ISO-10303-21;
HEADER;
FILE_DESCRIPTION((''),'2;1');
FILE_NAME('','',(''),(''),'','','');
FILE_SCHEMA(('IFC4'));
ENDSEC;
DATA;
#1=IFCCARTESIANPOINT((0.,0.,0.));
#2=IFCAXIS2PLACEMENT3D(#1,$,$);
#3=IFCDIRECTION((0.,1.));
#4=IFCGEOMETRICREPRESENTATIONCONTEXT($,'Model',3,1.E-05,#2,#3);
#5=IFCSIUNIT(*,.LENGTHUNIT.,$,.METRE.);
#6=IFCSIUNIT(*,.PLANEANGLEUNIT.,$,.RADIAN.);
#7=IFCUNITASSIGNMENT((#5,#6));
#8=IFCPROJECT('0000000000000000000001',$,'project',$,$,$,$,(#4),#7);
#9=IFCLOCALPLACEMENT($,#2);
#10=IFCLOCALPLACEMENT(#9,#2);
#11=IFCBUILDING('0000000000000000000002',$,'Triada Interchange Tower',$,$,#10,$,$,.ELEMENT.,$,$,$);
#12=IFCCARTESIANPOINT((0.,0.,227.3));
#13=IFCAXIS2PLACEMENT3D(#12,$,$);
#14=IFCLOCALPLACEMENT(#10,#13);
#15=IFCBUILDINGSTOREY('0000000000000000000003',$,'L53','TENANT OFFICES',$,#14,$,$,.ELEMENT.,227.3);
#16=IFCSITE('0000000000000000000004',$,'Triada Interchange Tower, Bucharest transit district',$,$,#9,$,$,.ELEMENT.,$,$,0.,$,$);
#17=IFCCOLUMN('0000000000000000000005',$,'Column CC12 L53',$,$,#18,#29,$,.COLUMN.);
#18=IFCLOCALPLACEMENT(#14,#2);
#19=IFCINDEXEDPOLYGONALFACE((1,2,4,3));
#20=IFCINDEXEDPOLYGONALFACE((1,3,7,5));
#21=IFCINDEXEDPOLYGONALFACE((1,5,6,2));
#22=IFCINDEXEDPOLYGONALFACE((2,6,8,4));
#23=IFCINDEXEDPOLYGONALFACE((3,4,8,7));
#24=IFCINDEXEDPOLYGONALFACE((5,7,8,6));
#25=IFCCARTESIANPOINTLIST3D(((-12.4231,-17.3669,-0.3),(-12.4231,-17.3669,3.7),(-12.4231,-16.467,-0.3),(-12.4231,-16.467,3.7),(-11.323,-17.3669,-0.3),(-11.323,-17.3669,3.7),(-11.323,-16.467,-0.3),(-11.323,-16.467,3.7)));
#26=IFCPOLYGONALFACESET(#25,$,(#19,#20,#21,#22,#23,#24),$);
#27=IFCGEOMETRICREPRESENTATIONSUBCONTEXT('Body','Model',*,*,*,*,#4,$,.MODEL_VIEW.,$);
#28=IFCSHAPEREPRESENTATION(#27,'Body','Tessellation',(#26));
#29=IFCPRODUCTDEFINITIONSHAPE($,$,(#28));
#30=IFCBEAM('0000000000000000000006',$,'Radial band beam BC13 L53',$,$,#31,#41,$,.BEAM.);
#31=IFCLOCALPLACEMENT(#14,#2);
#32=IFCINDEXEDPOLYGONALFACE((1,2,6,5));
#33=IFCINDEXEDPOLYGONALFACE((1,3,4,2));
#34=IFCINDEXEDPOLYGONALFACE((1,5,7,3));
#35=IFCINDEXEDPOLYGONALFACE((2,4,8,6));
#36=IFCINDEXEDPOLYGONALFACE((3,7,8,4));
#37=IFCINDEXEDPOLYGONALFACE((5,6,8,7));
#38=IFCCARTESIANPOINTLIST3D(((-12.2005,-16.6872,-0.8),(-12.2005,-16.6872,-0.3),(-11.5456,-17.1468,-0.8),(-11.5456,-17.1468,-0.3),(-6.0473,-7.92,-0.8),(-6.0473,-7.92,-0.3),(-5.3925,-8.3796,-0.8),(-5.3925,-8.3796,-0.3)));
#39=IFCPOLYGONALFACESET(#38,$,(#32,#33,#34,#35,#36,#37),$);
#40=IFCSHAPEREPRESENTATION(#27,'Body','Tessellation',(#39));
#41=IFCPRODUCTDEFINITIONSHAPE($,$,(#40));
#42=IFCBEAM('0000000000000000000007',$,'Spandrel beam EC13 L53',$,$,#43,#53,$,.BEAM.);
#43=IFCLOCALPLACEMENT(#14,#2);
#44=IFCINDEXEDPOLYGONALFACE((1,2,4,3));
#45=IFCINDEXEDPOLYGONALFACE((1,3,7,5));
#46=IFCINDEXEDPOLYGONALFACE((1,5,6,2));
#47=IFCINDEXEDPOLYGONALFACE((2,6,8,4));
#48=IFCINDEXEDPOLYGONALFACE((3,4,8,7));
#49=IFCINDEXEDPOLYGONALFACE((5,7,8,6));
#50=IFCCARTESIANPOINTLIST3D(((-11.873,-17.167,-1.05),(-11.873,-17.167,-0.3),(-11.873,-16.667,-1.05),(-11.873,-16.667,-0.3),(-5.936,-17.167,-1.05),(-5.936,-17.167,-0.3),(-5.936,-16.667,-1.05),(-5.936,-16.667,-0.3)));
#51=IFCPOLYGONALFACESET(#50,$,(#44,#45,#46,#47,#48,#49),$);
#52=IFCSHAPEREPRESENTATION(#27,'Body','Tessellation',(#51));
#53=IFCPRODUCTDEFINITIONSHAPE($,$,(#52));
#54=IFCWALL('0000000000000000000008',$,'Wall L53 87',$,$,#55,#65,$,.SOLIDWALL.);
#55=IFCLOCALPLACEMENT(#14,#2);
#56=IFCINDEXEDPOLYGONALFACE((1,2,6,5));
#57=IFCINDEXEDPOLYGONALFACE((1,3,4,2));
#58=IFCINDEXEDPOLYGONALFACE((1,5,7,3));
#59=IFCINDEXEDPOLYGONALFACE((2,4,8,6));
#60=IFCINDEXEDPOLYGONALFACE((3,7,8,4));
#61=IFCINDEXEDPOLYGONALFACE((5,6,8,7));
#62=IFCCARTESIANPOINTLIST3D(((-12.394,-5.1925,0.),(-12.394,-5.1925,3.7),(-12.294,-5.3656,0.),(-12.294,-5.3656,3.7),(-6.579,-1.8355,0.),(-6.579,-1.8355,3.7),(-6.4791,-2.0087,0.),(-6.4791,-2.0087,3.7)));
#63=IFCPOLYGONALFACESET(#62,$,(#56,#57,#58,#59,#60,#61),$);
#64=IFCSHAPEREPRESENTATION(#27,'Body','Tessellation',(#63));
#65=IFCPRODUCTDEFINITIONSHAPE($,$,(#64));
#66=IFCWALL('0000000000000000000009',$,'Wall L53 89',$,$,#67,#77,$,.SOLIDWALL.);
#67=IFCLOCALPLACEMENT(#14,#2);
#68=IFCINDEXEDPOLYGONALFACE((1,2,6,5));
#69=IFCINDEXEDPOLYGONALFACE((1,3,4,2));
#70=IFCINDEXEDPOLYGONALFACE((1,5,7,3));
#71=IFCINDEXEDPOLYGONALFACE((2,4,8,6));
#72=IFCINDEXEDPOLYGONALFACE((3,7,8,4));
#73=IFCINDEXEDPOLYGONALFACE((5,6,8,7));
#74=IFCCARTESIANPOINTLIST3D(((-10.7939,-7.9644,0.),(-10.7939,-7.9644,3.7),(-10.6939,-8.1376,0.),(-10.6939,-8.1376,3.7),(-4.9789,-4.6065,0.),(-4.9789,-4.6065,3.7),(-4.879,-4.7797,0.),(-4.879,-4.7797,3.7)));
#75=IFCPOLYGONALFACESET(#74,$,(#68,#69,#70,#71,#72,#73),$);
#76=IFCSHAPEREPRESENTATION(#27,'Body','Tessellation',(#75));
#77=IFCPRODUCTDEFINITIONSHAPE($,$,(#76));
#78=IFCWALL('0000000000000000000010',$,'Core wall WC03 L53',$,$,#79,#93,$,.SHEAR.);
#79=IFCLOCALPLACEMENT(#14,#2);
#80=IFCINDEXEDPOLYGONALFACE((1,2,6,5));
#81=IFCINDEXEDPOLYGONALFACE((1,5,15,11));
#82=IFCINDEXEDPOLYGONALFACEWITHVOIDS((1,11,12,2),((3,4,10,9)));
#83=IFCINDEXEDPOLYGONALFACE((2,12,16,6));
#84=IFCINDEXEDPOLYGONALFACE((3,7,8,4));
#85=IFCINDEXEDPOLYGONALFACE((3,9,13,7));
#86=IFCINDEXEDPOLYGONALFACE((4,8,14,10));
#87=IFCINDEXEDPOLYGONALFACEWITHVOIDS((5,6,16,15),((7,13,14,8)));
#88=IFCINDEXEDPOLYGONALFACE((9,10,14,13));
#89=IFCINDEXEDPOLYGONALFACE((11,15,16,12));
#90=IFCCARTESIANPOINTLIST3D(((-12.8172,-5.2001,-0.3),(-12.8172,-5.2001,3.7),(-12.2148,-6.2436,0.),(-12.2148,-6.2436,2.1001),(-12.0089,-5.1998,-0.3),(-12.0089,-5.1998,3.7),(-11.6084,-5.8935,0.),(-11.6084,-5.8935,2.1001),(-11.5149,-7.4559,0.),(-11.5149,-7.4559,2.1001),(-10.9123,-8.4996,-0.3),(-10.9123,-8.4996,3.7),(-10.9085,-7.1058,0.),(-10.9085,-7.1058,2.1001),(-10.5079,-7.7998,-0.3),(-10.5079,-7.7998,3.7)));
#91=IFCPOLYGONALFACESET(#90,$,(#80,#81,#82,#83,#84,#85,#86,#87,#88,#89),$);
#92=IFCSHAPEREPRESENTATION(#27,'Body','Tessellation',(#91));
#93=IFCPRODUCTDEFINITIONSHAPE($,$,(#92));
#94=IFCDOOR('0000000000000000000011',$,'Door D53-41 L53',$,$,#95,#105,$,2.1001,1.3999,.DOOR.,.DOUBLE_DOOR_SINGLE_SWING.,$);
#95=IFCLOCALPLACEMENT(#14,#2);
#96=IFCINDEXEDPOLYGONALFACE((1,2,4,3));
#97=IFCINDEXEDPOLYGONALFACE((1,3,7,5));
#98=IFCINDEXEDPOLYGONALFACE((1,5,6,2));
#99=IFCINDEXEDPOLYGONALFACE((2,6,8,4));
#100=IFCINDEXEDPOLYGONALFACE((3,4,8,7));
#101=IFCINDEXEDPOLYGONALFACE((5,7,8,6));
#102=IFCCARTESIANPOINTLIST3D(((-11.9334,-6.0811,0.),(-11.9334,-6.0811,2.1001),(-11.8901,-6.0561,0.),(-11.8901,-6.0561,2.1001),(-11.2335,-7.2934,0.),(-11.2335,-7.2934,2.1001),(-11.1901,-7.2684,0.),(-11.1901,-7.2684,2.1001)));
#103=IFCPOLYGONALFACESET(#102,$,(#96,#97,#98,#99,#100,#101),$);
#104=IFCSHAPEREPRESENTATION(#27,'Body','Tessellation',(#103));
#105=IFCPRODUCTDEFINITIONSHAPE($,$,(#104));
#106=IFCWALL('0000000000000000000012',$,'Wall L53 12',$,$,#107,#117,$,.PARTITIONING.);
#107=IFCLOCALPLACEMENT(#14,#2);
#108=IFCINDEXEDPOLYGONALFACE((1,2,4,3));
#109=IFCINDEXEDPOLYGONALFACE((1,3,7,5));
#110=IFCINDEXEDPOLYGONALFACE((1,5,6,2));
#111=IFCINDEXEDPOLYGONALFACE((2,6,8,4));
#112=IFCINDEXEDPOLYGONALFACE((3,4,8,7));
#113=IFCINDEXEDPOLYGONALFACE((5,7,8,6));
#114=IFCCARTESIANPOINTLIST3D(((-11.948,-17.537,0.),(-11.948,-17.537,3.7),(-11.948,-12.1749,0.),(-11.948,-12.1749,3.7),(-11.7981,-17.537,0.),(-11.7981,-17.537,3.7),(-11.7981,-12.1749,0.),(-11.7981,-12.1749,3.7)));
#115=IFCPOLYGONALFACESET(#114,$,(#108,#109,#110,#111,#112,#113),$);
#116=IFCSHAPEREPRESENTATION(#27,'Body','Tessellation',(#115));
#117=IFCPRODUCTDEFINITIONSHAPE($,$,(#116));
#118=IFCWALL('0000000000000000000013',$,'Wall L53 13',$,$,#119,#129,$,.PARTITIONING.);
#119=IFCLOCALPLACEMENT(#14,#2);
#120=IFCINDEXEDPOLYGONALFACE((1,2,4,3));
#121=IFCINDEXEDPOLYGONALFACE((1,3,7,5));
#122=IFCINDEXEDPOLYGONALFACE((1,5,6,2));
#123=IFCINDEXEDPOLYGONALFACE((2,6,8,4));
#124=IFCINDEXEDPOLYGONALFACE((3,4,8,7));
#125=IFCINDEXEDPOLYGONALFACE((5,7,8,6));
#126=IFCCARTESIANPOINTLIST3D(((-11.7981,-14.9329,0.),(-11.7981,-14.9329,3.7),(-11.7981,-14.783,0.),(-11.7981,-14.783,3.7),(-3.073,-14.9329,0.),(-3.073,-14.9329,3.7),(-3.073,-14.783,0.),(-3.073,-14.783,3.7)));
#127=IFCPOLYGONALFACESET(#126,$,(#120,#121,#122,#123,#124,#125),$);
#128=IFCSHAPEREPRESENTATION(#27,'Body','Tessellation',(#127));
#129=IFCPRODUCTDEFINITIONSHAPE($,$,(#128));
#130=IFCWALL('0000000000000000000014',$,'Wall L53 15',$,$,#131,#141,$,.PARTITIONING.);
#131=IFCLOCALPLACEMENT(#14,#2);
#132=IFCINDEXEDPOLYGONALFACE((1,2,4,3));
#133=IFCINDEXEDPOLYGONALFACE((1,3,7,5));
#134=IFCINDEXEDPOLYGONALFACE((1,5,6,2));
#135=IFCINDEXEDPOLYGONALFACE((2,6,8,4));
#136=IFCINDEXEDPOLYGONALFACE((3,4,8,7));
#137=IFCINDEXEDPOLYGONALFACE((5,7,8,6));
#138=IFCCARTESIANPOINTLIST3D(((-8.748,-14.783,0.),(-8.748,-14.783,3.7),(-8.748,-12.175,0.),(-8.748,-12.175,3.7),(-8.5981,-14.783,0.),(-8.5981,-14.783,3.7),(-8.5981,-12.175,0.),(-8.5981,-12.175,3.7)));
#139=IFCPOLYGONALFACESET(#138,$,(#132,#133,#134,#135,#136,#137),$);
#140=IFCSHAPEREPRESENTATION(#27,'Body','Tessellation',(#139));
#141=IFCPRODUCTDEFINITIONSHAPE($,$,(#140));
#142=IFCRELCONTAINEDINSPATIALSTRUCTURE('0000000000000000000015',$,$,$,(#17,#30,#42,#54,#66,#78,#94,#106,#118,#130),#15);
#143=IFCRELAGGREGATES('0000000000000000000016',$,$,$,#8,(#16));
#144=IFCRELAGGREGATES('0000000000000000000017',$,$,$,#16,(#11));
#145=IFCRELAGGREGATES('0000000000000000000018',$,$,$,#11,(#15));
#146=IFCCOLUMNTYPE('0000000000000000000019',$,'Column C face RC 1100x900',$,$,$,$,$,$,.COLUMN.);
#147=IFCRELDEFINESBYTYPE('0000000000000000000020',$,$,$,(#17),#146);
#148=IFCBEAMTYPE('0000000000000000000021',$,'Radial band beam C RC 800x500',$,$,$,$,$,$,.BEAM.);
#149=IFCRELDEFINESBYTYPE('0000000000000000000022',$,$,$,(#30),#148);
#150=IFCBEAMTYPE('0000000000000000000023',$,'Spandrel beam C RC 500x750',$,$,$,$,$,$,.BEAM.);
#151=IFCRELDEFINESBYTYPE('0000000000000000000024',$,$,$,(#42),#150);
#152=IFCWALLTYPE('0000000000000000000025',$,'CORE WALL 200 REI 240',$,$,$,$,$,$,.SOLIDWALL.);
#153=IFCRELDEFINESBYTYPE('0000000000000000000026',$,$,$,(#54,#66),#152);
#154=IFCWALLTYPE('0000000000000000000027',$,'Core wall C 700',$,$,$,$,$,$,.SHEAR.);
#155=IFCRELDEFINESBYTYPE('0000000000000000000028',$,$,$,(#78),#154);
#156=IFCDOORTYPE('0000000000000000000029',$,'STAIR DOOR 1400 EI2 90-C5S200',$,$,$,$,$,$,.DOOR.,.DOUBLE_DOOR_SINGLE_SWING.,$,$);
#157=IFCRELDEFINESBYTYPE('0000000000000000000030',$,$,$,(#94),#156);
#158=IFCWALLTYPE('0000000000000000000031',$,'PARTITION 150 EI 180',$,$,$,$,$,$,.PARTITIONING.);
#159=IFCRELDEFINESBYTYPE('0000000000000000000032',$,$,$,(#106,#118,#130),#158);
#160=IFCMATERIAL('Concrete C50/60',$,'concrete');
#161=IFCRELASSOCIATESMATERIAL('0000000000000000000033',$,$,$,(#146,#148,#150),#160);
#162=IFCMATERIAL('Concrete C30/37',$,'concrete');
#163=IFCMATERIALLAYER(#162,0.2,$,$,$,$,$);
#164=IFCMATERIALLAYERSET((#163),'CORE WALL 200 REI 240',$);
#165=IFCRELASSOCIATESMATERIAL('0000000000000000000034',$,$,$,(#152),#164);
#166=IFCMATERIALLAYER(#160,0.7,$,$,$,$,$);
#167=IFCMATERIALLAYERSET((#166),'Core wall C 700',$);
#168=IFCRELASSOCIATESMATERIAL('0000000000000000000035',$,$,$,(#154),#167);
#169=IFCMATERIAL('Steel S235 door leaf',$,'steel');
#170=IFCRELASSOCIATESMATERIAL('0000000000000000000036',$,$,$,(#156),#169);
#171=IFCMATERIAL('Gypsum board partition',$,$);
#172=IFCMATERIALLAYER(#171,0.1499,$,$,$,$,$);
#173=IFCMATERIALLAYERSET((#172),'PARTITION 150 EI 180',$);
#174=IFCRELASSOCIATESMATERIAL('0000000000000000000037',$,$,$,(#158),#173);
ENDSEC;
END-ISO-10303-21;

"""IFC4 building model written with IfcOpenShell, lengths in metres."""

from ifc_helpers import new_model, si_unit, direction, frame, frame_2d, origin, origin_2d, place, context, subcontext, project, spatial, polyline, rectangle, outline, extrude, material, layer, layer_set, material_profile, profile_set, type_object, element, fill, save


model = new_model("IFC4")

# Units and contexts
model_context = context("Model", 3, precision=1e-05, world=origin(), true_north=direction((0.0, 1.0)))
body_context = subcontext(model_context, "Body", "Model", "MODEL_VIEW")
ifc_project = project(units=[si_unit("LENGTHUNIT", "METRE"), si_unit("PLANEANGLEUNIT", "RADIAN")], contexts=[model_context])

# Site, building, storey
site_placement = place(None, origin())
site = spatial("IfcSite", under=ifc_project, at=site_placement, Name="Triada Interchange Tower, Bucharest transit district", CompositionType="ELEMENT", RefElevation=0.0)
building_placement = place(site_placement, origin())
building = spatial("IfcBuilding", under=site, at=building_placement, Name="Triada Interchange Tower", CompositionType="ELEMENT")
storey_placement = place(building_placement, frame((0.0, 0.0, 227.3)))
storey = spatial("IfcBuildingStorey", under=building, at=storey_placement, Name="L53", Description="TENANT OFFICES", CompositionType="ELEMENT", Elevation=227.3)

# Column
ifc_material_1 = material(Name="Concrete C50/60", Category="concrete")
ifc_material_profile_1 = material_profile(ifc_material_1, rectangle(XDim=1.1001, YDim=0.8999, at=origin_2d()), Name="RC 1100x900")
ifc_profile_set_1 = profile_set([ifc_material_profile_1], Name="Concrete C50/60")
column_type = type_object("IfcColumnType", Name="Column C face RC 1100x900", PredefinedType="COLUMN", material=ifc_profile_set_1)
column_placement = place(storey_placement, frame((-11.873, -16.917, -0.3), z_axis=(0.0, 0.0, 1.0), x_axis=(1.0, 0.0, 0.0)))
element("IfcColumn", 1, at=column_placement, inside=storey, type_object=column_type, Name="Column CC12 L53", PredefinedType="COLUMN", context=body_context, shape_type="SweptSolid", body=[
    extrude(rectangle(XDim=1.1001, YDim=0.8999, at=origin_2d()), origin(), (0.0, 0.0, 1.0), 4.0),
])

# Beams
ifc_material_profile_2 = material_profile(ifc_material_1, rectangle(XDim=0.8, YDim=0.5, at=origin_2d()), Name="RC 800x500")
ifc_profile_set_2 = profile_set([ifc_material_profile_2], Name="Concrete C50/60")
beam_type_1 = type_object("IfcBeamType", Name="Radial band beam C RC 800x500", PredefinedType="BEAM", material=ifc_profile_set_2)
beam_1_placement = place(storey_placement, frame((-11.873, -16.917, -0.55), z_axis=(0.574472, 0.818525, 0.0), x_axis=(-0.818525, 0.574472, 0.0)))
element("IfcBeam", 2, at=beam_1_placement, inside=storey, type_object=beam_type_1, Name="Radial band beam BC13 L53", PredefinedType="BEAM", context=body_context, shape_type="SweptSolid", body=[
    extrude(rectangle(XDim=0.8, YDim=0.5, at=origin_2d()), origin(), (0.0, 0.0, 1.0), 10.7109),
])
ifc_material_profile_3 = material_profile(ifc_material_1, rectangle(XDim=0.5, YDim=0.75, at=origin_2d()), Name="RC 500x750")
ifc_profile_set_3 = profile_set([ifc_material_profile_3], Name="Concrete C50/60")
beam_type_2 = type_object("IfcBeamType", Name="Spandrel beam C RC 500x750", PredefinedType="BEAM", material=ifc_profile_set_3)
beam_2_placement = place(storey_placement, frame((-11.873, -16.917, -0.675), z_axis=(1.0, 0.0, 0.0), x_axis=(0.0, 1.0, 0.0)))
element("IfcBeam", 3, at=beam_2_placement, inside=storey, type_object=beam_type_2, Name="Spandrel beam EC13 L53", PredefinedType="BEAM", context=body_context, shape_type="SweptSolid", body=[
    extrude(rectangle(XDim=0.5, YDim=0.75, at=origin_2d()), origin(), (0.0, 0.0, 1.0), 5.937),
])

# Walls
ifc_material_2 = material(Name="Concrete C30/37", Category="concrete")
ifc_layer_1 = layer(ifc_material_2, 0.2)
ifc_layer_set_1 = layer_set([ifc_layer_1], Name="CORE WALL 200 REI 240")
wall_type_1 = type_object("IfcWallType", Name="CORE WALL 200 REI 240", PredefinedType="SOLIDWALL", material=ifc_layer_set_1)
wall_1_placement = place(storey_placement, frame((-12.344, -5.2791, 0.0), z_axis=(0.0, 0.0, 1.0), x_axis=(0.866046, 0.499964, 0.0)))
element("IfcWall", 4, at=wall_1_placement, inside=storey, type_object=wall_type_1, Name="Wall L53 87", PredefinedType="SOLIDWALL", context=body_context, shape_type="SweptSolid", body=[
    extrude(rectangle(XDim=6.7144, YDim=0.2, at=frame_2d((3.3572, 0.0))), origin(), (0.0, 0.0, 1.0), 3.7),
])
wall_2_placement = place(storey_placement, frame((-10.7439, -8.051, 0.0), z_axis=(0.0, 0.0, 1.0), x_axis=(0.865983, 0.500073, 0.0)))
element("IfcWall", 5, at=wall_2_placement, inside=storey, type_object=wall_type_1, Name="Wall L53 89", PredefinedType="SOLIDWALL", context=body_context, shape_type="SweptSolid", body=[
    extrude(rectangle(XDim=6.7148, YDim=0.2, at=frame_2d((3.3574, 0.0))), origin(), (0.0, 0.0, 1.0), 3.7),
])

# Wall, opening, door
ifc_layer_2 = layer(ifc_material_1, 0.7)
ifc_layer_set_2 = layer_set([ifc_layer_2], Name="Core wall C 700")
wall_type_2 = type_object("IfcWallType", Name="Core wall C 700", PredefinedType="SHEAR", material=ifc_layer_set_2)
wall_3_placement = place(storey_placement, frame((-12.4131, -5.2, -0.3), z_axis=(0.0, 0.0, 1.0), x_axis=(0.499993, -0.866029, 0.0)))
wall_3 = element("IfcWall", 6, at=wall_3_placement, inside=storey, type_object=wall_type_2, Name="Core wall WC03 L53", PredefinedType="SHEAR", context=body_context, shape_type="SweptSolid", body=[
    extrude(outline(polyline([(-0.2019, -0.3501), (1.7031, -0.3501), (3.6079, -0.3501), (3.2041, 0.3501), (1.7031, 0.3501), (0.2019, 0.3501), (-0.2019, -0.3501)])), origin(), (0.0, 0.0, 1.0), 4.0),
])
opening_1_placement = place(wall_3_placement, frame((1.0029, 0.0, 0.3)))
opening_1 = element("IfcOpeningElement", 7, at=opening_1_placement, cuts=wall_3, PredefinedType="OPENING", context=body_context, shape_type="SweptSolid", body=[
    extrude(rectangle(XDim=1.3999, YDim=2.1001, at=frame_2d((0.7, 1.05))), frame((0.0, 0.3601, 0.0), z_axis=(0.0, -1.0, 0.0), x_axis=(1.0, 0.0, 0.0)), (0.0, 0.0, 1.0), 0.7202),
])
ifc_material_3 = material(Name="Steel S235 door leaf", Category="steel")
door_type_1 = type_object("IfcDoorType", Name="STAIR DOOR 1400 EI2 90-C5S200", OperationType="DOUBLE_DOOR_SINGLE_SWING", PredefinedType="DOOR", material=ifc_material_3)
door_1_placement = place(opening_1_placement, origin())
door_1 = element("IfcDoor", 8, at=door_1_placement, inside=storey, type_object=door_type_1, Name="Door D53-41 L53", OperationType="DOUBLE_DOOR_SINGLE_SWING", OverallHeight=2.1001, OverallWidth=1.3999, PredefinedType="DOOR", context=body_context, shape_type="SweptSolid", body=[
    extrude(rectangle(XDim=1.3999, YDim=2.1001, at=frame_2d((0.7, 1.05))), frame((0.0, 0.0249, 0.0), z_axis=(0.0, -1.0, 0.0), x_axis=(1.0, 0.0, 0.0)), (0.0, 0.0, 1.0), 0.05),
])
fill(opening_1, door_1)

# Walls
ifc_material_4 = material(Name="Gypsum board partition")
ifc_layer_3 = layer(ifc_material_4, 0.1499)
ifc_layer_set_3 = layer_set([ifc_layer_3], Name="PARTITION 150 EI 180")
wall_type_3 = type_object("IfcWallType", Name="PARTITION 150 EI 180", PredefinedType="PARTITIONING", material=ifc_layer_set_3)
wall_4_placement = place(storey_placement, frame((-11.873, -17.5371, 0.0), z_axis=(0.0, 0.0, 1.0), x_axis=(0.0, 1.0, 0.0)))
element("IfcWall", 9, at=wall_4_placement, inside=storey, type_object=wall_type_3, Name="Wall L53 12", PredefinedType="PARTITIONING", context=body_context, shape_type="SweptSolid", body=[
    extrude(rectangle(XDim=5.3621, YDim=0.1499, at=frame_2d((2.6812, 0.0))), origin(), (0.0, 0.0, 1.0), 3.7),
])
wall_5_placement = place(storey_placement, frame((-11.7981, -14.8579, 0.0), z_axis=(0.0, 0.0, 1.0), x_axis=(1.0, 0.0, 0.0)))
element("IfcWall", 10, at=wall_5_placement, inside=storey, type_object=wall_type_3, Name="Wall L53 13", PredefinedType="PARTITIONING", context=body_context, shape_type="SweptSolid", body=[
    extrude(rectangle(XDim=8.7251, YDim=0.1499, at=frame_2d((4.3625, 0.0))), origin(), (0.0, 0.0, 1.0), 3.7),
])
wall_6_placement = place(storey_placement, frame((-8.6731, -14.783, 0.0), z_axis=(0.0, 0.0, 1.0), x_axis=(0.0, 1.0, 0.0)))
element("IfcWall", 11, at=wall_6_placement, inside=storey, type_object=wall_type_3, Name="Wall L53 15", PredefinedType="PARTITIONING", context=body_context, shape_type="SweptSolid", body=[
    extrude(rectangle(XDim=2.6079, YDim=0.1499, at=frame_2d((1.304, 0.0))), origin(), (0.0, 0.0, 1.0), 3.7),
])

save(model, "model.ifc")
